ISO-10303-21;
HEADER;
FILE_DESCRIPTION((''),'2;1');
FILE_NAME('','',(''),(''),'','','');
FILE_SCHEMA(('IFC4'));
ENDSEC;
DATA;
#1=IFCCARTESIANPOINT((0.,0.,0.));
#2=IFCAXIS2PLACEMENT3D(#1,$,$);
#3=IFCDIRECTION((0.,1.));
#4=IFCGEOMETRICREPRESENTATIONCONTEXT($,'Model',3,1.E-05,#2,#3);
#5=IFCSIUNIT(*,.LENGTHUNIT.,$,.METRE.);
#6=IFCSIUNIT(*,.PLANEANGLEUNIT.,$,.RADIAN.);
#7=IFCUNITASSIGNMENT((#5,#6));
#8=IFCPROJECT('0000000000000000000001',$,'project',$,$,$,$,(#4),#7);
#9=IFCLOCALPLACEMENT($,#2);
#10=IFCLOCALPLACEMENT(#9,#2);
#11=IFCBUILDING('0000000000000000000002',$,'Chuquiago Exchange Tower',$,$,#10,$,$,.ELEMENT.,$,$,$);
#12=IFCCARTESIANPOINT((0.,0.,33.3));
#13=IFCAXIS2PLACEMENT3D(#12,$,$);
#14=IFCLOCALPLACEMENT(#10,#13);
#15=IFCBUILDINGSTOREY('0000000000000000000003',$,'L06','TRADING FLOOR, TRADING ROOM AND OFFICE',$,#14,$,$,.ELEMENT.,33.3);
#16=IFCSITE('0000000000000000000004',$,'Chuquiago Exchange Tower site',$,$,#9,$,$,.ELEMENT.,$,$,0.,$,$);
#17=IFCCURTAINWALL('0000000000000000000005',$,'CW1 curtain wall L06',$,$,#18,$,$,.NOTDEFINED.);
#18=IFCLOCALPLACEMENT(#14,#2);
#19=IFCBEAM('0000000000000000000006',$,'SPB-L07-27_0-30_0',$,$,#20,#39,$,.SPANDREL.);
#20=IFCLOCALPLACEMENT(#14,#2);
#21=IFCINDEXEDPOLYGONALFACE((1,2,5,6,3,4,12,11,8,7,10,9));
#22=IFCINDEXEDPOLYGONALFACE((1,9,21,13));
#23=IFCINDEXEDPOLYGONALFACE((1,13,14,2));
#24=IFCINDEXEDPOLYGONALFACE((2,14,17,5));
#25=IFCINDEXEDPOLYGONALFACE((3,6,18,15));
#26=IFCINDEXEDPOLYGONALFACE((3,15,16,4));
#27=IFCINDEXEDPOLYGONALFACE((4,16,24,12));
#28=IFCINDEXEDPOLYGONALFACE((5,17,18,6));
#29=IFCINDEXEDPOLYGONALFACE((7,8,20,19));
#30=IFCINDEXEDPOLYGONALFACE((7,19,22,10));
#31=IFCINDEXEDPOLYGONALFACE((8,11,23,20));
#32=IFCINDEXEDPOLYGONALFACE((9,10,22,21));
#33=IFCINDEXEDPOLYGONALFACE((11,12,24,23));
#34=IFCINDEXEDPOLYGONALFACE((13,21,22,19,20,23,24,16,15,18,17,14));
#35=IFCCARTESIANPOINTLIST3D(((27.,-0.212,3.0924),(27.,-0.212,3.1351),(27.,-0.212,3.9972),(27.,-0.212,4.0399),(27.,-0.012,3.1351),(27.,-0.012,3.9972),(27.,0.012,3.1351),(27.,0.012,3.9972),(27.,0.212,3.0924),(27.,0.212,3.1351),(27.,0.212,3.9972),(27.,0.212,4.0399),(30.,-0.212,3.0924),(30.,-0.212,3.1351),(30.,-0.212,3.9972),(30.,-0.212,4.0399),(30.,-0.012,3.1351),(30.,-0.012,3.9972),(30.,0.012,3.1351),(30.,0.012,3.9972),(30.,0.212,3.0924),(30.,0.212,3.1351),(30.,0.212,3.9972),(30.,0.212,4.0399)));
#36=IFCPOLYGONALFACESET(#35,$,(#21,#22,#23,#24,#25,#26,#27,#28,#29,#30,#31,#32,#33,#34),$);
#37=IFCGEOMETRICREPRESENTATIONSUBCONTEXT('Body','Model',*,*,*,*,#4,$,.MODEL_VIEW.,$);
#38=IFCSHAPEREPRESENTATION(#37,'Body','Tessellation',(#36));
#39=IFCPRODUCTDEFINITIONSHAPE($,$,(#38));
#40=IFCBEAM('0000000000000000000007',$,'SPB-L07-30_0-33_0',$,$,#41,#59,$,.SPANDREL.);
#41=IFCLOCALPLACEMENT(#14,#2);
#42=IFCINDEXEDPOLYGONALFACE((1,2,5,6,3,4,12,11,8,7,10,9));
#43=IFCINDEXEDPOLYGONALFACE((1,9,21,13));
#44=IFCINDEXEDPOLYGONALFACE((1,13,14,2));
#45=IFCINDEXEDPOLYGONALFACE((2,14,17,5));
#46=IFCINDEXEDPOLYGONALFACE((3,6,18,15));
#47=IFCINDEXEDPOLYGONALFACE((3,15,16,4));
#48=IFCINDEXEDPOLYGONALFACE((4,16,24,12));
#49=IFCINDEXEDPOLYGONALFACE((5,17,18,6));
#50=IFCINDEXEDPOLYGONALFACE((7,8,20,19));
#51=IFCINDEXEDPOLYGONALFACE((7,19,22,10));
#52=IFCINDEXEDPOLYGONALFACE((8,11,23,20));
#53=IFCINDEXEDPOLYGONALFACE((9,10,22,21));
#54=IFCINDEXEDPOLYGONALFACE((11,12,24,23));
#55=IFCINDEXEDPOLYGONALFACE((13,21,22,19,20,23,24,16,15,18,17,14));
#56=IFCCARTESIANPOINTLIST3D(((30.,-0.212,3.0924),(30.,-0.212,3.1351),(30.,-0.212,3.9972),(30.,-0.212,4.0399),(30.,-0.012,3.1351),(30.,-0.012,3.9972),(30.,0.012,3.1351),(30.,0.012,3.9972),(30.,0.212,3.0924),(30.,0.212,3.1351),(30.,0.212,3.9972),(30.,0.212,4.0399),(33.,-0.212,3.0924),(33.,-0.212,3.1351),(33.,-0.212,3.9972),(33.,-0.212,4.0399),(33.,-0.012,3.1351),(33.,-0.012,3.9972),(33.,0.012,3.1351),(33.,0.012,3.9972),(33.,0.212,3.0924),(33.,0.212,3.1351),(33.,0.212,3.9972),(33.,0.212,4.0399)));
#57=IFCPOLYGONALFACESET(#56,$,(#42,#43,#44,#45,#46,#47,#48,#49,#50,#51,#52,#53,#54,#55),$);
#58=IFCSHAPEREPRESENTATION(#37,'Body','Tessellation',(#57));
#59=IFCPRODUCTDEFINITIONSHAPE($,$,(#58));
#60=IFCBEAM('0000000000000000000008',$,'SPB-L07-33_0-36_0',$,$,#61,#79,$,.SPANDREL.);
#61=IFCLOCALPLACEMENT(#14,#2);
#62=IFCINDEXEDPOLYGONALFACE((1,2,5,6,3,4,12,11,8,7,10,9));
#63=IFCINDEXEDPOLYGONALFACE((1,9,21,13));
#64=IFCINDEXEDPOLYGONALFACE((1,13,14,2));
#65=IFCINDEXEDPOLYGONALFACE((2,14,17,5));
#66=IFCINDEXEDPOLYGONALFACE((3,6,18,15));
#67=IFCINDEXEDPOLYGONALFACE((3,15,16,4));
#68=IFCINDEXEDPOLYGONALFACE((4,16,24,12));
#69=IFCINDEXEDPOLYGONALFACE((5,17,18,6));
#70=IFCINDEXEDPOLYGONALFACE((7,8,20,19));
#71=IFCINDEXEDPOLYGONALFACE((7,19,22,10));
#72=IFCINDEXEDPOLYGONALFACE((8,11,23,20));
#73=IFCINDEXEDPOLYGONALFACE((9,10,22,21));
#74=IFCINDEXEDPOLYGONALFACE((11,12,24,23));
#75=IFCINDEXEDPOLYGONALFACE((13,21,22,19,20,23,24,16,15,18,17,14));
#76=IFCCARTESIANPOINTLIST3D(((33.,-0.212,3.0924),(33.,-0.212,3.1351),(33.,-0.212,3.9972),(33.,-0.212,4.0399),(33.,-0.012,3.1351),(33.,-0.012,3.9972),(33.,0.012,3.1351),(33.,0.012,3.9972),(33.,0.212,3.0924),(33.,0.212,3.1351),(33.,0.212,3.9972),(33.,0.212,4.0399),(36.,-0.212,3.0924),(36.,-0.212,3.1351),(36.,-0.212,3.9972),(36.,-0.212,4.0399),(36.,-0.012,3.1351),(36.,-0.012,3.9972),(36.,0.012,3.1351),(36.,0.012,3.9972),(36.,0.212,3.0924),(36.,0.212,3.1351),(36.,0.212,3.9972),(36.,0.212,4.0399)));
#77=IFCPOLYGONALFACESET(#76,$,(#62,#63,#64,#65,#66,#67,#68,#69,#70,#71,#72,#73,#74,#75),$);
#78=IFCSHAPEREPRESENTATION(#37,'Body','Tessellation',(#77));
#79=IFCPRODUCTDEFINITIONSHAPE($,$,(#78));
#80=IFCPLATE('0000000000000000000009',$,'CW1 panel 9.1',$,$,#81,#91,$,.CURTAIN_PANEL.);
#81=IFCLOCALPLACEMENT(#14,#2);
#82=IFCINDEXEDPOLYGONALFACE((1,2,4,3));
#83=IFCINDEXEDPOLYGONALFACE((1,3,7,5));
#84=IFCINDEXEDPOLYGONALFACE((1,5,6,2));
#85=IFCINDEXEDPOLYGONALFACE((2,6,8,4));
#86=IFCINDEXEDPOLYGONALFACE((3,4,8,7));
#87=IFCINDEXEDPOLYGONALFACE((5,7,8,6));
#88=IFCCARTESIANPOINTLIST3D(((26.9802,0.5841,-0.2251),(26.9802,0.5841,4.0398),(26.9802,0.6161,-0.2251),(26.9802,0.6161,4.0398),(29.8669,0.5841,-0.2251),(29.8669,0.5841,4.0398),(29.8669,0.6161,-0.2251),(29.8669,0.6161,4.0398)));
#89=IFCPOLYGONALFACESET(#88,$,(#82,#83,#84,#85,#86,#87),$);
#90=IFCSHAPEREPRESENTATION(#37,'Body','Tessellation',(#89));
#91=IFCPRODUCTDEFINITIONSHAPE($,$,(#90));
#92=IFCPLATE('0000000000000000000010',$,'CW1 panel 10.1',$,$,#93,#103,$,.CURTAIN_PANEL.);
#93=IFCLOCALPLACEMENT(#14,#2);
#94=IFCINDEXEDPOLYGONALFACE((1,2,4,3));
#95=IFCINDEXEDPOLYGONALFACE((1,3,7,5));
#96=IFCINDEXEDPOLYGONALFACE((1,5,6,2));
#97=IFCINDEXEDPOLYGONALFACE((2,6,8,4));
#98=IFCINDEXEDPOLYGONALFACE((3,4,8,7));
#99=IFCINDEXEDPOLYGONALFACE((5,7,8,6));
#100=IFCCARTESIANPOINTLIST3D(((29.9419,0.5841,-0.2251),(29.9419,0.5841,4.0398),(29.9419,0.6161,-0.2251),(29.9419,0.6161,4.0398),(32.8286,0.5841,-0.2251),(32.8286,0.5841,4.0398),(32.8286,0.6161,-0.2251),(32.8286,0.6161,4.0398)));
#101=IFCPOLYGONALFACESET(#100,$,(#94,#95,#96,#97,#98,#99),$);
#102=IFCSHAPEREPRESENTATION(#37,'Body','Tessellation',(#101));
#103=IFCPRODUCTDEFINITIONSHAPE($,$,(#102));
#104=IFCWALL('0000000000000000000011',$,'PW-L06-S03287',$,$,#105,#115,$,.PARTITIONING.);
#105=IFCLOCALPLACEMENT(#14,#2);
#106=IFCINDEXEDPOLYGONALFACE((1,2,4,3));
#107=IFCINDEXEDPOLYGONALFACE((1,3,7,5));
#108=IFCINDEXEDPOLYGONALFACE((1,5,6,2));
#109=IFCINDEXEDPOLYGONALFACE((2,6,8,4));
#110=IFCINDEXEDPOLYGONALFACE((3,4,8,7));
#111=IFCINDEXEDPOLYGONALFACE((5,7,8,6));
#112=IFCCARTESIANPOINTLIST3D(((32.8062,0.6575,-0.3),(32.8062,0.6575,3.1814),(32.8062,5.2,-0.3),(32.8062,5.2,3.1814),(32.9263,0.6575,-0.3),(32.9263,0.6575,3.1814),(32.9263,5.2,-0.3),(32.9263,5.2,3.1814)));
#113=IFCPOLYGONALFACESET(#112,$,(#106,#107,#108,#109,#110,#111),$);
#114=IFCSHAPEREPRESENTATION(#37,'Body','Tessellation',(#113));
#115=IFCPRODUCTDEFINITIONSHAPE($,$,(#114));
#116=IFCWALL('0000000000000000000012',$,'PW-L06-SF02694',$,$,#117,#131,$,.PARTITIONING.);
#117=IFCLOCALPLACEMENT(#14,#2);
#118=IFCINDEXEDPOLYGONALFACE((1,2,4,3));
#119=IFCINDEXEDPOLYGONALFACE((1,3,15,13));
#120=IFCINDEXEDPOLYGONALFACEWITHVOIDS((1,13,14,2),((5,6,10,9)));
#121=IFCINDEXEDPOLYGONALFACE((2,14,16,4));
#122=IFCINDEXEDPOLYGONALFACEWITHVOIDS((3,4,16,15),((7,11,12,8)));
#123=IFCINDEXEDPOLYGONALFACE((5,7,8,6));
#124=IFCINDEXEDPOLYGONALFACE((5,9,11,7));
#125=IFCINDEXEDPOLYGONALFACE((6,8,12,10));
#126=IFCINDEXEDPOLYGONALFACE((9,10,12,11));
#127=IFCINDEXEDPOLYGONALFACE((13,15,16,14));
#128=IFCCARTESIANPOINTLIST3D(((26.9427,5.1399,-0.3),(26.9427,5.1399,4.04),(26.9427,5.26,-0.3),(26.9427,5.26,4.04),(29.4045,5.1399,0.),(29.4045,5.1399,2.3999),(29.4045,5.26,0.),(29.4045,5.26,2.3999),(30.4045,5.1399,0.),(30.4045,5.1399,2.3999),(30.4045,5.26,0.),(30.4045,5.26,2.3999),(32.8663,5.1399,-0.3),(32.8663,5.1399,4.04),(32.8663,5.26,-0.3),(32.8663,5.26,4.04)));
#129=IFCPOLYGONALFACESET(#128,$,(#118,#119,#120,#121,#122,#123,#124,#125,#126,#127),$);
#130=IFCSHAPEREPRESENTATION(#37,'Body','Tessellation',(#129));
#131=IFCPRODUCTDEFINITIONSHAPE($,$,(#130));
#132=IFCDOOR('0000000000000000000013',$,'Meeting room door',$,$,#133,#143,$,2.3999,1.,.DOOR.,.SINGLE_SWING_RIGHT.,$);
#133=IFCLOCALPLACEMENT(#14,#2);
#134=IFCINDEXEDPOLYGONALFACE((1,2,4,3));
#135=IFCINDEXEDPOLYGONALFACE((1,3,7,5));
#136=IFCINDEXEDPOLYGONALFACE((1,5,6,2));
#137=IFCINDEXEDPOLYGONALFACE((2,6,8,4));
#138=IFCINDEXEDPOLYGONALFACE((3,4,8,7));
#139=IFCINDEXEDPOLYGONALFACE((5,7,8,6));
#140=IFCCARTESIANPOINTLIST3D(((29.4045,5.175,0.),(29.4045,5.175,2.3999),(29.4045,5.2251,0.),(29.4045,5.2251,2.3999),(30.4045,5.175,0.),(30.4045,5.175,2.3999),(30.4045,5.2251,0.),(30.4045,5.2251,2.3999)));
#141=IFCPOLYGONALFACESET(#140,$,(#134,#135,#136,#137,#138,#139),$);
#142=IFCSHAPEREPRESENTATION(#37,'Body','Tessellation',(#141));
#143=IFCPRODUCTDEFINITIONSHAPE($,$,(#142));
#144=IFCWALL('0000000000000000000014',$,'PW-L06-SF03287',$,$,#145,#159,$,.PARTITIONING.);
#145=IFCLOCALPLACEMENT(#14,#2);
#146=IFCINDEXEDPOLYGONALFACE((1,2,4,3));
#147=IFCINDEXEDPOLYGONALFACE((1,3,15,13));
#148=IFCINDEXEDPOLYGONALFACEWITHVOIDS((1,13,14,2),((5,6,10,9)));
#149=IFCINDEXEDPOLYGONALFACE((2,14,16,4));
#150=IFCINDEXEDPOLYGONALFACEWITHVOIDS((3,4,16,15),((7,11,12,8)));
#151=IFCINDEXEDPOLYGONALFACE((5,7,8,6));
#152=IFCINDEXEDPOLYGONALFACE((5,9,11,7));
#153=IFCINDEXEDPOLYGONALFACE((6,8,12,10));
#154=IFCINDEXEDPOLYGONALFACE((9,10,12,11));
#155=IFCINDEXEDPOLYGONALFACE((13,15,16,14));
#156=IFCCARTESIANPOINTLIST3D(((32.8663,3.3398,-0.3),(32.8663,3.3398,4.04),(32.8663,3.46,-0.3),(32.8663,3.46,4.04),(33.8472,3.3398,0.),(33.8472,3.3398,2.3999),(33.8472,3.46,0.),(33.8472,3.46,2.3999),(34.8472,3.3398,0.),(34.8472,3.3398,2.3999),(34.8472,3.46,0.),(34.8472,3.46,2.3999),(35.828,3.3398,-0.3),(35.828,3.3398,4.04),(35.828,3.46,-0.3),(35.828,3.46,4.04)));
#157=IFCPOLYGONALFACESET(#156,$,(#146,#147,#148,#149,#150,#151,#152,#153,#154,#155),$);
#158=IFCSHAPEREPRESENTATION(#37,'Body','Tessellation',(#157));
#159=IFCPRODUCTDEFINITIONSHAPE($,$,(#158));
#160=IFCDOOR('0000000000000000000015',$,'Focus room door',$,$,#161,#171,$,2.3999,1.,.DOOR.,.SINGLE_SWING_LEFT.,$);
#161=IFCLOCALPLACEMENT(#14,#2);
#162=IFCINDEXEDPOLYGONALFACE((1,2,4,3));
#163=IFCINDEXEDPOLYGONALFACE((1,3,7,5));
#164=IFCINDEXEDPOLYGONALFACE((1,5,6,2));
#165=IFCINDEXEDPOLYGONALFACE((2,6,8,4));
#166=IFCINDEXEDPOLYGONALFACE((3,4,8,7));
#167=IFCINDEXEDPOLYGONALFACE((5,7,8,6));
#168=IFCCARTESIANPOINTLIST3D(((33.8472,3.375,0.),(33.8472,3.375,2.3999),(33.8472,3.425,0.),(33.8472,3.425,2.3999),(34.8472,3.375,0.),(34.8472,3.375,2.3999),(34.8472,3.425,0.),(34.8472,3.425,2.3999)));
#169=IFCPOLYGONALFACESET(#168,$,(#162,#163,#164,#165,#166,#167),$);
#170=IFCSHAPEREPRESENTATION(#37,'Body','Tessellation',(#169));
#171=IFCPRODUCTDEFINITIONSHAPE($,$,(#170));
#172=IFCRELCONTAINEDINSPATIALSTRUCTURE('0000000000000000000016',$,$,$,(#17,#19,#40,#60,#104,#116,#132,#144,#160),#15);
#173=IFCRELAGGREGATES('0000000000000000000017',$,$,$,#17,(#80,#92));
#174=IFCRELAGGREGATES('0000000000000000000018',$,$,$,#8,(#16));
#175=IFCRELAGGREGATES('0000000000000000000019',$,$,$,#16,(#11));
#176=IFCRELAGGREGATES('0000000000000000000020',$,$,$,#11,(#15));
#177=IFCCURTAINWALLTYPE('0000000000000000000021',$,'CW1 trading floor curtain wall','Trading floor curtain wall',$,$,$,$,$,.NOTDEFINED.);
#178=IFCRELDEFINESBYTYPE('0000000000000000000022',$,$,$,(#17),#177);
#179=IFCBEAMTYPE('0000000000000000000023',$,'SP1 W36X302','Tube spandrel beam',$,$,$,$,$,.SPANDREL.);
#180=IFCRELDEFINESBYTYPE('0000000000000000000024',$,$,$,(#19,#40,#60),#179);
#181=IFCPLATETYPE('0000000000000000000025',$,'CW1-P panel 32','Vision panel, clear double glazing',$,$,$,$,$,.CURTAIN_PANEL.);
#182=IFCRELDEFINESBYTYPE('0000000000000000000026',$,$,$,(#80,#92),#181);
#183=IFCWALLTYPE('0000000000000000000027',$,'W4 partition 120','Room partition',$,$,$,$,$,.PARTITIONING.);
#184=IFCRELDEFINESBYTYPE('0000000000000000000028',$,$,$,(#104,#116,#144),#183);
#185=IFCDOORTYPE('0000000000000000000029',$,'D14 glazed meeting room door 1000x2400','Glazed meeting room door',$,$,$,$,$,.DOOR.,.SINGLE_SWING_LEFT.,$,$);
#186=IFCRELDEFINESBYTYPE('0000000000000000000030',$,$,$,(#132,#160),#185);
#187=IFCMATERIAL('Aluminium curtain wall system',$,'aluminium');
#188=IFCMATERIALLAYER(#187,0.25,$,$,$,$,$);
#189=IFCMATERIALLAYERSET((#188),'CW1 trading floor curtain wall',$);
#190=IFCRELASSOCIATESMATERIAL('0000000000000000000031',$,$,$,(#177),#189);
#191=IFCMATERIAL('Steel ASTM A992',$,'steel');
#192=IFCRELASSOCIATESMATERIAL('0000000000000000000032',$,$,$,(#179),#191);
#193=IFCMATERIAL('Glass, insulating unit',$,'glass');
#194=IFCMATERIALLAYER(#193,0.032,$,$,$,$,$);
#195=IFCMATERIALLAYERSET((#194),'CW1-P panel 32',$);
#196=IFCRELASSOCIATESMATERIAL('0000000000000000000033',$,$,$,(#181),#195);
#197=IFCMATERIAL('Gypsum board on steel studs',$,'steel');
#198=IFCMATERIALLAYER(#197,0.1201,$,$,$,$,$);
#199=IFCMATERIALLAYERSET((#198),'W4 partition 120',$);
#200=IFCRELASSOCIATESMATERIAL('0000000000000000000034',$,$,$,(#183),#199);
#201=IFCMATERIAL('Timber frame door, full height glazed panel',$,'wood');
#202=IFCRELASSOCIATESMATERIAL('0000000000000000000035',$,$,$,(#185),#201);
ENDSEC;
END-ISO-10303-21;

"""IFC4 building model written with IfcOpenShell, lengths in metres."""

from ifc_helpers import new_model, si_unit, direction, frame, frame_2d, origin, origin_2d, place, context, subcontext, project, spatial, rectangle, i_section, extrude, material, layer, layer_set, material_profile, profile_set, type_object, element, fill, aggregate, save


model = new_model("IFC4")

# Units and contexts
model_context = context("Model", 3, precision=1e-05, world=origin(), true_north=direction((0.0, 1.0)))
body_context = subcontext(model_context, "Body", "Model", "MODEL_VIEW")
ifc_project = project(units=[si_unit("LENGTHUNIT", "METRE"), si_unit("PLANEANGLEUNIT", "RADIAN")], contexts=[model_context])

# Site, building, storey
site_placement = place(None, origin())
site = spatial("IfcSite", under=ifc_project, at=site_placement, Name="Chuquiago Exchange Tower site", CompositionType="ELEMENT", RefElevation=0.0)
building_placement = place(site_placement, origin())
building = spatial("IfcBuilding", under=site, at=building_placement, Name="Chuquiago Exchange Tower", CompositionType="ELEMENT")
storey_placement = place(building_placement, frame((0.0, 0.0, 33.3)))
storey = spatial("IfcBuildingStorey", under=building, at=storey_placement, Name="L06", Description="TRADING FLOOR, TRADING ROOM AND OFFICE", CompositionType="ELEMENT", Elevation=33.3)

# Curtain wall
ifc_material_1 = material(Name="Aluminium curtain wall system", Category="aluminium")
ifc_layer_1 = layer(ifc_material_1, 0.25)
ifc_layer_set_1 = layer_set([ifc_layer_1], Name="CW1 trading floor curtain wall")
curtain_wall_type = type_object("IfcCurtainWallType", Name="CW1 trading floor curtain wall", Description="Trading floor curtain wall", PredefinedType="NOTDEFINED", material=ifc_layer_set_1)
curtain_wall_placement = place(storey_placement, origin())
curtain_wall = element("IfcCurtainWall", 1, at=curtain_wall_placement, inside=storey, type_object=curtain_wall_type, Name="CW1 curtain wall L06", PredefinedType="NOTDEFINED")

# Beams
ifc_material_2 = material(Name="Steel ASTM A992", Category="steel")
ifc_material_profile_1 = material_profile(ifc_material_2, i_section(OverallWidth=0.4241, OverallDepth=0.9475, WebThickness=0.0239, FlangeThickness=0.0427, at=origin_2d()), Name="W36X302")
ifc_profile_set_1 = profile_set([ifc_material_profile_1], Name="Steel ASTM A992")
beam_type_1 = type_object("IfcBeamType", Name="SP1 W36X302", Description="Tube spandrel beam", PredefinedType="SPANDREL", material=ifc_profile_set_1)
for number, where, z_axis, x_axis, name in (
    (2, (27.0, 0.0, 3.5662), (1.0, 0.0, 0.0), (0.0, 1.0, 0.0), "SPB-L07-27_0-30_0"),
    (3, (30.0, 0.0, 3.5662), (1.0, 0.0, 0.0), (0.0, 1.0, 0.0), "SPB-L07-30_0-33_0"),
    (4, (33.0, 0.0, 3.5662), (1.0, 0.0, 0.0), (0.0, 1.0, 0.0), "SPB-L07-33_0-36_0"),
):
    element("IfcBeam", number, at=place(storey_placement, frame(where, z_axis=z_axis, x_axis=x_axis)), inside=storey, type_object=beam_type_1, Name=name, PredefinedType="SPANDREL", context=body_context, shape_type="SweptSolid", body=[
        extrude(i_section(OverallWidth=0.4241, OverallDepth=0.9475, WebThickness=0.0239, FlangeThickness=0.0427, at=origin_2d()), origin(), (0.0, 0.0, 1.0), 3.0),
    ])

# Plates
ifc_material_3 = material(Name="Glass, insulating unit", Category="glass")
ifc_layer_2 = layer(ifc_material_3, 0.032)
ifc_layer_set_2 = layer_set([ifc_layer_2], Name="CW1-P panel 32")
plate_type = type_object("IfcPlateType", Name="CW1-P panel 32", Description="Vision panel, clear double glazing", PredefinedType="CURTAIN_PANEL", material=ifc_layer_set_2)
plate_1_placement = place(storey_placement, frame((28.4236, 0.6001, -0.2251), z_axis=(0.0, 0.0, 1.0), x_axis=(1.0, 0.0, 0.0)))
plate_1 = element("IfcPlate", 5, at=plate_1_placement, type_object=plate_type, Name="CW1 panel 9.1", PredefinedType="CURTAIN_PANEL", context=body_context, shape_type="SweptSolid", body=[
    extrude(rectangle(XDim=2.8867, YDim=0.032, at=origin_2d()), origin(), (0.0, 0.0, 1.0), 4.2649),
])
plate_2_placement = place(storey_placement, frame((31.3853, 0.6001, -0.2251), z_axis=(0.0, 0.0, 1.0), x_axis=(1.0, 0.0, 0.0)))
plate_2 = element("IfcPlate", 6, at=plate_2_placement, type_object=plate_type, Name="CW1 panel 10.1", PredefinedType="CURTAIN_PANEL", context=body_context, shape_type="SweptSolid", body=[
    extrude(rectangle(XDim=2.8867, YDim=0.032, at=origin_2d()), origin(), (0.0, 0.0, 1.0), 4.2649),
])
aggregate(curtain_wall, [plate_1, plate_2])

# Wall
ifc_material_4 = material(Name="Gypsum board on steel studs", Category="steel")
ifc_layer_3 = layer(ifc_material_4, 0.1201)
ifc_layer_set_3 = layer_set([ifc_layer_3], Name="W4 partition 120")
wall_type = type_object("IfcWallType", Name="W4 partition 120", Description="Room partition", PredefinedType="PARTITIONING", material=ifc_layer_set_3)
wall_1_placement = place(storey_placement, frame((32.8662, 0.6575, -0.3), z_axis=(0.0, 0.0, 1.0), x_axis=(0.0, 1.0, 0.0)))
element("IfcWall", 7, at=wall_1_placement, inside=storey, type_object=wall_type, Name="PW-L06-S03287", PredefinedType="PARTITIONING", context=body_context, shape_type="SweptSolid", body=[
    extrude(rectangle(XDim=4.5425, YDim=0.1201, at=frame_2d((2.2712, 0.0))), origin(), (0.0, 0.0, 1.0), 3.4814),
])

# Walls, openings, doors
wall_2_placement = place(storey_placement, frame((26.9426, 5.2, -0.3), z_axis=(0.0, 0.0, 1.0), x_axis=(1.0, 0.0, 0.0)))
wall_2 = element("IfcWall", 8, at=wall_2_placement, inside=storey, type_object=wall_type, Name="PW-L06-SF02694", PredefinedType="PARTITIONING", context=body_context, shape_type="SweptSolid", body=[
    extrude(rectangle(XDim=5.9236, YDim=0.1201, at=frame_2d((2.9619, 0.0))), origin(), (0.0, 0.0, 1.0), 4.3401),
])
opening_1_placement = place(wall_2_placement, frame((2.4619, 0.0, 0.3)))
opening_1 = element("IfcOpeningElement", 9, at=opening_1_placement, cuts=wall_2, PredefinedType="OPENING", context=body_context, shape_type="SweptSolid", body=[
    extrude(rectangle(XDim=1.0, YDim=2.3999, at=frame_2d((0.5, 1.2))), frame((0.0, 0.0701, 0.0), z_axis=(0.0, -1.0, 0.0), x_axis=(1.0, 0.0, 0.0)), (0.0, 0.0, 1.0), 0.1401),
])
ifc_material_5 = material(Name="Timber frame door, full height glazed panel", Category="wood")
door_type = type_object("IfcDoorType", Name="D14 glazed meeting room door 1000x2400", Description="Glazed meeting room door", OperationType="SINGLE_SWING_LEFT", PredefinedType="DOOR", material=ifc_material_5)
door_1_placement = place(opening_1_placement, frame((1.0, 0.0, 0.0), z_axis=(0.0, 0.0, 1.0), x_axis=(-1.0, 0.0, 0.0)))
door_1 = element("IfcDoor", 10, at=door_1_placement, inside=storey, type_object=door_type, Name="Meeting room door", OperationType="SINGLE_SWING_RIGHT", OverallHeight=2.3999, OverallWidth=1.0, PredefinedType="DOOR", context=body_context, shape_type="SweptSolid", body=[
    extrude(rectangle(XDim=1.0, YDim=2.3999, at=frame_2d((0.5, 1.2))), frame((0.0, 0.0249, 0.0), z_axis=(0.0, -1.0, 0.0), x_axis=(1.0, 0.0, 0.0)), (0.0, 0.0, 1.0), 0.05),
])
fill(opening_1, door_1)
wall_3_placement = place(storey_placement, frame((32.8662, 3.3999, -0.3), z_axis=(0.0, 0.0, 1.0), x_axis=(1.0, 0.0, 0.0)))
wall_3 = element("IfcWall", 11, at=wall_3_placement, inside=storey, type_object=wall_type, Name="PW-L06-SF03287", PredefinedType="PARTITIONING", context=body_context, shape_type="SweptSolid", body=[
    extrude(rectangle(XDim=2.9617, YDim=0.1201, at=frame_2d((1.481, 0.0))), origin(), (0.0, 0.0, 1.0), 4.3401),
])
opening_2_placement = place(wall_3_placement, frame((0.981, 0.0, 0.3)))
opening_2 = element("IfcOpeningElement", 12, at=opening_2_placement, cuts=wall_3, PredefinedType="OPENING", context=body_context, shape_type="SweptSolid", body=[
    extrude(rectangle(XDim=1.0, YDim=2.3999, at=frame_2d((0.5, 1.2))), frame((0.0, 0.0701, 0.0), z_axis=(0.0, -1.0, 0.0), x_axis=(1.0, 0.0, 0.0)), (0.0, 0.0, 1.0), 0.1401),
])
door_2_placement = place(opening_2_placement, frame((1.0, 0.0, 0.0), z_axis=(0.0, 0.0, 1.0), x_axis=(-1.0, 0.0, 0.0)))
door_2 = element("IfcDoor", 13, at=door_2_placement, inside=storey, type_object=door_type, Name="Focus room door", OperationType="SINGLE_SWING_LEFT", OverallHeight=2.3999, OverallWidth=1.0, PredefinedType="DOOR", context=body_context, shape_type="SweptSolid", body=[
    extrude(rectangle(XDim=1.0, YDim=2.3999, at=frame_2d((0.5, 1.2))), frame((0.0, 0.0249, 0.0), z_axis=(0.0, -1.0, 0.0), x_axis=(1.0, 0.0, 0.0)), (0.0, 0.0, 1.0), 0.05),
])
fill(opening_2, door_2)

save(model, "model.ifc")
